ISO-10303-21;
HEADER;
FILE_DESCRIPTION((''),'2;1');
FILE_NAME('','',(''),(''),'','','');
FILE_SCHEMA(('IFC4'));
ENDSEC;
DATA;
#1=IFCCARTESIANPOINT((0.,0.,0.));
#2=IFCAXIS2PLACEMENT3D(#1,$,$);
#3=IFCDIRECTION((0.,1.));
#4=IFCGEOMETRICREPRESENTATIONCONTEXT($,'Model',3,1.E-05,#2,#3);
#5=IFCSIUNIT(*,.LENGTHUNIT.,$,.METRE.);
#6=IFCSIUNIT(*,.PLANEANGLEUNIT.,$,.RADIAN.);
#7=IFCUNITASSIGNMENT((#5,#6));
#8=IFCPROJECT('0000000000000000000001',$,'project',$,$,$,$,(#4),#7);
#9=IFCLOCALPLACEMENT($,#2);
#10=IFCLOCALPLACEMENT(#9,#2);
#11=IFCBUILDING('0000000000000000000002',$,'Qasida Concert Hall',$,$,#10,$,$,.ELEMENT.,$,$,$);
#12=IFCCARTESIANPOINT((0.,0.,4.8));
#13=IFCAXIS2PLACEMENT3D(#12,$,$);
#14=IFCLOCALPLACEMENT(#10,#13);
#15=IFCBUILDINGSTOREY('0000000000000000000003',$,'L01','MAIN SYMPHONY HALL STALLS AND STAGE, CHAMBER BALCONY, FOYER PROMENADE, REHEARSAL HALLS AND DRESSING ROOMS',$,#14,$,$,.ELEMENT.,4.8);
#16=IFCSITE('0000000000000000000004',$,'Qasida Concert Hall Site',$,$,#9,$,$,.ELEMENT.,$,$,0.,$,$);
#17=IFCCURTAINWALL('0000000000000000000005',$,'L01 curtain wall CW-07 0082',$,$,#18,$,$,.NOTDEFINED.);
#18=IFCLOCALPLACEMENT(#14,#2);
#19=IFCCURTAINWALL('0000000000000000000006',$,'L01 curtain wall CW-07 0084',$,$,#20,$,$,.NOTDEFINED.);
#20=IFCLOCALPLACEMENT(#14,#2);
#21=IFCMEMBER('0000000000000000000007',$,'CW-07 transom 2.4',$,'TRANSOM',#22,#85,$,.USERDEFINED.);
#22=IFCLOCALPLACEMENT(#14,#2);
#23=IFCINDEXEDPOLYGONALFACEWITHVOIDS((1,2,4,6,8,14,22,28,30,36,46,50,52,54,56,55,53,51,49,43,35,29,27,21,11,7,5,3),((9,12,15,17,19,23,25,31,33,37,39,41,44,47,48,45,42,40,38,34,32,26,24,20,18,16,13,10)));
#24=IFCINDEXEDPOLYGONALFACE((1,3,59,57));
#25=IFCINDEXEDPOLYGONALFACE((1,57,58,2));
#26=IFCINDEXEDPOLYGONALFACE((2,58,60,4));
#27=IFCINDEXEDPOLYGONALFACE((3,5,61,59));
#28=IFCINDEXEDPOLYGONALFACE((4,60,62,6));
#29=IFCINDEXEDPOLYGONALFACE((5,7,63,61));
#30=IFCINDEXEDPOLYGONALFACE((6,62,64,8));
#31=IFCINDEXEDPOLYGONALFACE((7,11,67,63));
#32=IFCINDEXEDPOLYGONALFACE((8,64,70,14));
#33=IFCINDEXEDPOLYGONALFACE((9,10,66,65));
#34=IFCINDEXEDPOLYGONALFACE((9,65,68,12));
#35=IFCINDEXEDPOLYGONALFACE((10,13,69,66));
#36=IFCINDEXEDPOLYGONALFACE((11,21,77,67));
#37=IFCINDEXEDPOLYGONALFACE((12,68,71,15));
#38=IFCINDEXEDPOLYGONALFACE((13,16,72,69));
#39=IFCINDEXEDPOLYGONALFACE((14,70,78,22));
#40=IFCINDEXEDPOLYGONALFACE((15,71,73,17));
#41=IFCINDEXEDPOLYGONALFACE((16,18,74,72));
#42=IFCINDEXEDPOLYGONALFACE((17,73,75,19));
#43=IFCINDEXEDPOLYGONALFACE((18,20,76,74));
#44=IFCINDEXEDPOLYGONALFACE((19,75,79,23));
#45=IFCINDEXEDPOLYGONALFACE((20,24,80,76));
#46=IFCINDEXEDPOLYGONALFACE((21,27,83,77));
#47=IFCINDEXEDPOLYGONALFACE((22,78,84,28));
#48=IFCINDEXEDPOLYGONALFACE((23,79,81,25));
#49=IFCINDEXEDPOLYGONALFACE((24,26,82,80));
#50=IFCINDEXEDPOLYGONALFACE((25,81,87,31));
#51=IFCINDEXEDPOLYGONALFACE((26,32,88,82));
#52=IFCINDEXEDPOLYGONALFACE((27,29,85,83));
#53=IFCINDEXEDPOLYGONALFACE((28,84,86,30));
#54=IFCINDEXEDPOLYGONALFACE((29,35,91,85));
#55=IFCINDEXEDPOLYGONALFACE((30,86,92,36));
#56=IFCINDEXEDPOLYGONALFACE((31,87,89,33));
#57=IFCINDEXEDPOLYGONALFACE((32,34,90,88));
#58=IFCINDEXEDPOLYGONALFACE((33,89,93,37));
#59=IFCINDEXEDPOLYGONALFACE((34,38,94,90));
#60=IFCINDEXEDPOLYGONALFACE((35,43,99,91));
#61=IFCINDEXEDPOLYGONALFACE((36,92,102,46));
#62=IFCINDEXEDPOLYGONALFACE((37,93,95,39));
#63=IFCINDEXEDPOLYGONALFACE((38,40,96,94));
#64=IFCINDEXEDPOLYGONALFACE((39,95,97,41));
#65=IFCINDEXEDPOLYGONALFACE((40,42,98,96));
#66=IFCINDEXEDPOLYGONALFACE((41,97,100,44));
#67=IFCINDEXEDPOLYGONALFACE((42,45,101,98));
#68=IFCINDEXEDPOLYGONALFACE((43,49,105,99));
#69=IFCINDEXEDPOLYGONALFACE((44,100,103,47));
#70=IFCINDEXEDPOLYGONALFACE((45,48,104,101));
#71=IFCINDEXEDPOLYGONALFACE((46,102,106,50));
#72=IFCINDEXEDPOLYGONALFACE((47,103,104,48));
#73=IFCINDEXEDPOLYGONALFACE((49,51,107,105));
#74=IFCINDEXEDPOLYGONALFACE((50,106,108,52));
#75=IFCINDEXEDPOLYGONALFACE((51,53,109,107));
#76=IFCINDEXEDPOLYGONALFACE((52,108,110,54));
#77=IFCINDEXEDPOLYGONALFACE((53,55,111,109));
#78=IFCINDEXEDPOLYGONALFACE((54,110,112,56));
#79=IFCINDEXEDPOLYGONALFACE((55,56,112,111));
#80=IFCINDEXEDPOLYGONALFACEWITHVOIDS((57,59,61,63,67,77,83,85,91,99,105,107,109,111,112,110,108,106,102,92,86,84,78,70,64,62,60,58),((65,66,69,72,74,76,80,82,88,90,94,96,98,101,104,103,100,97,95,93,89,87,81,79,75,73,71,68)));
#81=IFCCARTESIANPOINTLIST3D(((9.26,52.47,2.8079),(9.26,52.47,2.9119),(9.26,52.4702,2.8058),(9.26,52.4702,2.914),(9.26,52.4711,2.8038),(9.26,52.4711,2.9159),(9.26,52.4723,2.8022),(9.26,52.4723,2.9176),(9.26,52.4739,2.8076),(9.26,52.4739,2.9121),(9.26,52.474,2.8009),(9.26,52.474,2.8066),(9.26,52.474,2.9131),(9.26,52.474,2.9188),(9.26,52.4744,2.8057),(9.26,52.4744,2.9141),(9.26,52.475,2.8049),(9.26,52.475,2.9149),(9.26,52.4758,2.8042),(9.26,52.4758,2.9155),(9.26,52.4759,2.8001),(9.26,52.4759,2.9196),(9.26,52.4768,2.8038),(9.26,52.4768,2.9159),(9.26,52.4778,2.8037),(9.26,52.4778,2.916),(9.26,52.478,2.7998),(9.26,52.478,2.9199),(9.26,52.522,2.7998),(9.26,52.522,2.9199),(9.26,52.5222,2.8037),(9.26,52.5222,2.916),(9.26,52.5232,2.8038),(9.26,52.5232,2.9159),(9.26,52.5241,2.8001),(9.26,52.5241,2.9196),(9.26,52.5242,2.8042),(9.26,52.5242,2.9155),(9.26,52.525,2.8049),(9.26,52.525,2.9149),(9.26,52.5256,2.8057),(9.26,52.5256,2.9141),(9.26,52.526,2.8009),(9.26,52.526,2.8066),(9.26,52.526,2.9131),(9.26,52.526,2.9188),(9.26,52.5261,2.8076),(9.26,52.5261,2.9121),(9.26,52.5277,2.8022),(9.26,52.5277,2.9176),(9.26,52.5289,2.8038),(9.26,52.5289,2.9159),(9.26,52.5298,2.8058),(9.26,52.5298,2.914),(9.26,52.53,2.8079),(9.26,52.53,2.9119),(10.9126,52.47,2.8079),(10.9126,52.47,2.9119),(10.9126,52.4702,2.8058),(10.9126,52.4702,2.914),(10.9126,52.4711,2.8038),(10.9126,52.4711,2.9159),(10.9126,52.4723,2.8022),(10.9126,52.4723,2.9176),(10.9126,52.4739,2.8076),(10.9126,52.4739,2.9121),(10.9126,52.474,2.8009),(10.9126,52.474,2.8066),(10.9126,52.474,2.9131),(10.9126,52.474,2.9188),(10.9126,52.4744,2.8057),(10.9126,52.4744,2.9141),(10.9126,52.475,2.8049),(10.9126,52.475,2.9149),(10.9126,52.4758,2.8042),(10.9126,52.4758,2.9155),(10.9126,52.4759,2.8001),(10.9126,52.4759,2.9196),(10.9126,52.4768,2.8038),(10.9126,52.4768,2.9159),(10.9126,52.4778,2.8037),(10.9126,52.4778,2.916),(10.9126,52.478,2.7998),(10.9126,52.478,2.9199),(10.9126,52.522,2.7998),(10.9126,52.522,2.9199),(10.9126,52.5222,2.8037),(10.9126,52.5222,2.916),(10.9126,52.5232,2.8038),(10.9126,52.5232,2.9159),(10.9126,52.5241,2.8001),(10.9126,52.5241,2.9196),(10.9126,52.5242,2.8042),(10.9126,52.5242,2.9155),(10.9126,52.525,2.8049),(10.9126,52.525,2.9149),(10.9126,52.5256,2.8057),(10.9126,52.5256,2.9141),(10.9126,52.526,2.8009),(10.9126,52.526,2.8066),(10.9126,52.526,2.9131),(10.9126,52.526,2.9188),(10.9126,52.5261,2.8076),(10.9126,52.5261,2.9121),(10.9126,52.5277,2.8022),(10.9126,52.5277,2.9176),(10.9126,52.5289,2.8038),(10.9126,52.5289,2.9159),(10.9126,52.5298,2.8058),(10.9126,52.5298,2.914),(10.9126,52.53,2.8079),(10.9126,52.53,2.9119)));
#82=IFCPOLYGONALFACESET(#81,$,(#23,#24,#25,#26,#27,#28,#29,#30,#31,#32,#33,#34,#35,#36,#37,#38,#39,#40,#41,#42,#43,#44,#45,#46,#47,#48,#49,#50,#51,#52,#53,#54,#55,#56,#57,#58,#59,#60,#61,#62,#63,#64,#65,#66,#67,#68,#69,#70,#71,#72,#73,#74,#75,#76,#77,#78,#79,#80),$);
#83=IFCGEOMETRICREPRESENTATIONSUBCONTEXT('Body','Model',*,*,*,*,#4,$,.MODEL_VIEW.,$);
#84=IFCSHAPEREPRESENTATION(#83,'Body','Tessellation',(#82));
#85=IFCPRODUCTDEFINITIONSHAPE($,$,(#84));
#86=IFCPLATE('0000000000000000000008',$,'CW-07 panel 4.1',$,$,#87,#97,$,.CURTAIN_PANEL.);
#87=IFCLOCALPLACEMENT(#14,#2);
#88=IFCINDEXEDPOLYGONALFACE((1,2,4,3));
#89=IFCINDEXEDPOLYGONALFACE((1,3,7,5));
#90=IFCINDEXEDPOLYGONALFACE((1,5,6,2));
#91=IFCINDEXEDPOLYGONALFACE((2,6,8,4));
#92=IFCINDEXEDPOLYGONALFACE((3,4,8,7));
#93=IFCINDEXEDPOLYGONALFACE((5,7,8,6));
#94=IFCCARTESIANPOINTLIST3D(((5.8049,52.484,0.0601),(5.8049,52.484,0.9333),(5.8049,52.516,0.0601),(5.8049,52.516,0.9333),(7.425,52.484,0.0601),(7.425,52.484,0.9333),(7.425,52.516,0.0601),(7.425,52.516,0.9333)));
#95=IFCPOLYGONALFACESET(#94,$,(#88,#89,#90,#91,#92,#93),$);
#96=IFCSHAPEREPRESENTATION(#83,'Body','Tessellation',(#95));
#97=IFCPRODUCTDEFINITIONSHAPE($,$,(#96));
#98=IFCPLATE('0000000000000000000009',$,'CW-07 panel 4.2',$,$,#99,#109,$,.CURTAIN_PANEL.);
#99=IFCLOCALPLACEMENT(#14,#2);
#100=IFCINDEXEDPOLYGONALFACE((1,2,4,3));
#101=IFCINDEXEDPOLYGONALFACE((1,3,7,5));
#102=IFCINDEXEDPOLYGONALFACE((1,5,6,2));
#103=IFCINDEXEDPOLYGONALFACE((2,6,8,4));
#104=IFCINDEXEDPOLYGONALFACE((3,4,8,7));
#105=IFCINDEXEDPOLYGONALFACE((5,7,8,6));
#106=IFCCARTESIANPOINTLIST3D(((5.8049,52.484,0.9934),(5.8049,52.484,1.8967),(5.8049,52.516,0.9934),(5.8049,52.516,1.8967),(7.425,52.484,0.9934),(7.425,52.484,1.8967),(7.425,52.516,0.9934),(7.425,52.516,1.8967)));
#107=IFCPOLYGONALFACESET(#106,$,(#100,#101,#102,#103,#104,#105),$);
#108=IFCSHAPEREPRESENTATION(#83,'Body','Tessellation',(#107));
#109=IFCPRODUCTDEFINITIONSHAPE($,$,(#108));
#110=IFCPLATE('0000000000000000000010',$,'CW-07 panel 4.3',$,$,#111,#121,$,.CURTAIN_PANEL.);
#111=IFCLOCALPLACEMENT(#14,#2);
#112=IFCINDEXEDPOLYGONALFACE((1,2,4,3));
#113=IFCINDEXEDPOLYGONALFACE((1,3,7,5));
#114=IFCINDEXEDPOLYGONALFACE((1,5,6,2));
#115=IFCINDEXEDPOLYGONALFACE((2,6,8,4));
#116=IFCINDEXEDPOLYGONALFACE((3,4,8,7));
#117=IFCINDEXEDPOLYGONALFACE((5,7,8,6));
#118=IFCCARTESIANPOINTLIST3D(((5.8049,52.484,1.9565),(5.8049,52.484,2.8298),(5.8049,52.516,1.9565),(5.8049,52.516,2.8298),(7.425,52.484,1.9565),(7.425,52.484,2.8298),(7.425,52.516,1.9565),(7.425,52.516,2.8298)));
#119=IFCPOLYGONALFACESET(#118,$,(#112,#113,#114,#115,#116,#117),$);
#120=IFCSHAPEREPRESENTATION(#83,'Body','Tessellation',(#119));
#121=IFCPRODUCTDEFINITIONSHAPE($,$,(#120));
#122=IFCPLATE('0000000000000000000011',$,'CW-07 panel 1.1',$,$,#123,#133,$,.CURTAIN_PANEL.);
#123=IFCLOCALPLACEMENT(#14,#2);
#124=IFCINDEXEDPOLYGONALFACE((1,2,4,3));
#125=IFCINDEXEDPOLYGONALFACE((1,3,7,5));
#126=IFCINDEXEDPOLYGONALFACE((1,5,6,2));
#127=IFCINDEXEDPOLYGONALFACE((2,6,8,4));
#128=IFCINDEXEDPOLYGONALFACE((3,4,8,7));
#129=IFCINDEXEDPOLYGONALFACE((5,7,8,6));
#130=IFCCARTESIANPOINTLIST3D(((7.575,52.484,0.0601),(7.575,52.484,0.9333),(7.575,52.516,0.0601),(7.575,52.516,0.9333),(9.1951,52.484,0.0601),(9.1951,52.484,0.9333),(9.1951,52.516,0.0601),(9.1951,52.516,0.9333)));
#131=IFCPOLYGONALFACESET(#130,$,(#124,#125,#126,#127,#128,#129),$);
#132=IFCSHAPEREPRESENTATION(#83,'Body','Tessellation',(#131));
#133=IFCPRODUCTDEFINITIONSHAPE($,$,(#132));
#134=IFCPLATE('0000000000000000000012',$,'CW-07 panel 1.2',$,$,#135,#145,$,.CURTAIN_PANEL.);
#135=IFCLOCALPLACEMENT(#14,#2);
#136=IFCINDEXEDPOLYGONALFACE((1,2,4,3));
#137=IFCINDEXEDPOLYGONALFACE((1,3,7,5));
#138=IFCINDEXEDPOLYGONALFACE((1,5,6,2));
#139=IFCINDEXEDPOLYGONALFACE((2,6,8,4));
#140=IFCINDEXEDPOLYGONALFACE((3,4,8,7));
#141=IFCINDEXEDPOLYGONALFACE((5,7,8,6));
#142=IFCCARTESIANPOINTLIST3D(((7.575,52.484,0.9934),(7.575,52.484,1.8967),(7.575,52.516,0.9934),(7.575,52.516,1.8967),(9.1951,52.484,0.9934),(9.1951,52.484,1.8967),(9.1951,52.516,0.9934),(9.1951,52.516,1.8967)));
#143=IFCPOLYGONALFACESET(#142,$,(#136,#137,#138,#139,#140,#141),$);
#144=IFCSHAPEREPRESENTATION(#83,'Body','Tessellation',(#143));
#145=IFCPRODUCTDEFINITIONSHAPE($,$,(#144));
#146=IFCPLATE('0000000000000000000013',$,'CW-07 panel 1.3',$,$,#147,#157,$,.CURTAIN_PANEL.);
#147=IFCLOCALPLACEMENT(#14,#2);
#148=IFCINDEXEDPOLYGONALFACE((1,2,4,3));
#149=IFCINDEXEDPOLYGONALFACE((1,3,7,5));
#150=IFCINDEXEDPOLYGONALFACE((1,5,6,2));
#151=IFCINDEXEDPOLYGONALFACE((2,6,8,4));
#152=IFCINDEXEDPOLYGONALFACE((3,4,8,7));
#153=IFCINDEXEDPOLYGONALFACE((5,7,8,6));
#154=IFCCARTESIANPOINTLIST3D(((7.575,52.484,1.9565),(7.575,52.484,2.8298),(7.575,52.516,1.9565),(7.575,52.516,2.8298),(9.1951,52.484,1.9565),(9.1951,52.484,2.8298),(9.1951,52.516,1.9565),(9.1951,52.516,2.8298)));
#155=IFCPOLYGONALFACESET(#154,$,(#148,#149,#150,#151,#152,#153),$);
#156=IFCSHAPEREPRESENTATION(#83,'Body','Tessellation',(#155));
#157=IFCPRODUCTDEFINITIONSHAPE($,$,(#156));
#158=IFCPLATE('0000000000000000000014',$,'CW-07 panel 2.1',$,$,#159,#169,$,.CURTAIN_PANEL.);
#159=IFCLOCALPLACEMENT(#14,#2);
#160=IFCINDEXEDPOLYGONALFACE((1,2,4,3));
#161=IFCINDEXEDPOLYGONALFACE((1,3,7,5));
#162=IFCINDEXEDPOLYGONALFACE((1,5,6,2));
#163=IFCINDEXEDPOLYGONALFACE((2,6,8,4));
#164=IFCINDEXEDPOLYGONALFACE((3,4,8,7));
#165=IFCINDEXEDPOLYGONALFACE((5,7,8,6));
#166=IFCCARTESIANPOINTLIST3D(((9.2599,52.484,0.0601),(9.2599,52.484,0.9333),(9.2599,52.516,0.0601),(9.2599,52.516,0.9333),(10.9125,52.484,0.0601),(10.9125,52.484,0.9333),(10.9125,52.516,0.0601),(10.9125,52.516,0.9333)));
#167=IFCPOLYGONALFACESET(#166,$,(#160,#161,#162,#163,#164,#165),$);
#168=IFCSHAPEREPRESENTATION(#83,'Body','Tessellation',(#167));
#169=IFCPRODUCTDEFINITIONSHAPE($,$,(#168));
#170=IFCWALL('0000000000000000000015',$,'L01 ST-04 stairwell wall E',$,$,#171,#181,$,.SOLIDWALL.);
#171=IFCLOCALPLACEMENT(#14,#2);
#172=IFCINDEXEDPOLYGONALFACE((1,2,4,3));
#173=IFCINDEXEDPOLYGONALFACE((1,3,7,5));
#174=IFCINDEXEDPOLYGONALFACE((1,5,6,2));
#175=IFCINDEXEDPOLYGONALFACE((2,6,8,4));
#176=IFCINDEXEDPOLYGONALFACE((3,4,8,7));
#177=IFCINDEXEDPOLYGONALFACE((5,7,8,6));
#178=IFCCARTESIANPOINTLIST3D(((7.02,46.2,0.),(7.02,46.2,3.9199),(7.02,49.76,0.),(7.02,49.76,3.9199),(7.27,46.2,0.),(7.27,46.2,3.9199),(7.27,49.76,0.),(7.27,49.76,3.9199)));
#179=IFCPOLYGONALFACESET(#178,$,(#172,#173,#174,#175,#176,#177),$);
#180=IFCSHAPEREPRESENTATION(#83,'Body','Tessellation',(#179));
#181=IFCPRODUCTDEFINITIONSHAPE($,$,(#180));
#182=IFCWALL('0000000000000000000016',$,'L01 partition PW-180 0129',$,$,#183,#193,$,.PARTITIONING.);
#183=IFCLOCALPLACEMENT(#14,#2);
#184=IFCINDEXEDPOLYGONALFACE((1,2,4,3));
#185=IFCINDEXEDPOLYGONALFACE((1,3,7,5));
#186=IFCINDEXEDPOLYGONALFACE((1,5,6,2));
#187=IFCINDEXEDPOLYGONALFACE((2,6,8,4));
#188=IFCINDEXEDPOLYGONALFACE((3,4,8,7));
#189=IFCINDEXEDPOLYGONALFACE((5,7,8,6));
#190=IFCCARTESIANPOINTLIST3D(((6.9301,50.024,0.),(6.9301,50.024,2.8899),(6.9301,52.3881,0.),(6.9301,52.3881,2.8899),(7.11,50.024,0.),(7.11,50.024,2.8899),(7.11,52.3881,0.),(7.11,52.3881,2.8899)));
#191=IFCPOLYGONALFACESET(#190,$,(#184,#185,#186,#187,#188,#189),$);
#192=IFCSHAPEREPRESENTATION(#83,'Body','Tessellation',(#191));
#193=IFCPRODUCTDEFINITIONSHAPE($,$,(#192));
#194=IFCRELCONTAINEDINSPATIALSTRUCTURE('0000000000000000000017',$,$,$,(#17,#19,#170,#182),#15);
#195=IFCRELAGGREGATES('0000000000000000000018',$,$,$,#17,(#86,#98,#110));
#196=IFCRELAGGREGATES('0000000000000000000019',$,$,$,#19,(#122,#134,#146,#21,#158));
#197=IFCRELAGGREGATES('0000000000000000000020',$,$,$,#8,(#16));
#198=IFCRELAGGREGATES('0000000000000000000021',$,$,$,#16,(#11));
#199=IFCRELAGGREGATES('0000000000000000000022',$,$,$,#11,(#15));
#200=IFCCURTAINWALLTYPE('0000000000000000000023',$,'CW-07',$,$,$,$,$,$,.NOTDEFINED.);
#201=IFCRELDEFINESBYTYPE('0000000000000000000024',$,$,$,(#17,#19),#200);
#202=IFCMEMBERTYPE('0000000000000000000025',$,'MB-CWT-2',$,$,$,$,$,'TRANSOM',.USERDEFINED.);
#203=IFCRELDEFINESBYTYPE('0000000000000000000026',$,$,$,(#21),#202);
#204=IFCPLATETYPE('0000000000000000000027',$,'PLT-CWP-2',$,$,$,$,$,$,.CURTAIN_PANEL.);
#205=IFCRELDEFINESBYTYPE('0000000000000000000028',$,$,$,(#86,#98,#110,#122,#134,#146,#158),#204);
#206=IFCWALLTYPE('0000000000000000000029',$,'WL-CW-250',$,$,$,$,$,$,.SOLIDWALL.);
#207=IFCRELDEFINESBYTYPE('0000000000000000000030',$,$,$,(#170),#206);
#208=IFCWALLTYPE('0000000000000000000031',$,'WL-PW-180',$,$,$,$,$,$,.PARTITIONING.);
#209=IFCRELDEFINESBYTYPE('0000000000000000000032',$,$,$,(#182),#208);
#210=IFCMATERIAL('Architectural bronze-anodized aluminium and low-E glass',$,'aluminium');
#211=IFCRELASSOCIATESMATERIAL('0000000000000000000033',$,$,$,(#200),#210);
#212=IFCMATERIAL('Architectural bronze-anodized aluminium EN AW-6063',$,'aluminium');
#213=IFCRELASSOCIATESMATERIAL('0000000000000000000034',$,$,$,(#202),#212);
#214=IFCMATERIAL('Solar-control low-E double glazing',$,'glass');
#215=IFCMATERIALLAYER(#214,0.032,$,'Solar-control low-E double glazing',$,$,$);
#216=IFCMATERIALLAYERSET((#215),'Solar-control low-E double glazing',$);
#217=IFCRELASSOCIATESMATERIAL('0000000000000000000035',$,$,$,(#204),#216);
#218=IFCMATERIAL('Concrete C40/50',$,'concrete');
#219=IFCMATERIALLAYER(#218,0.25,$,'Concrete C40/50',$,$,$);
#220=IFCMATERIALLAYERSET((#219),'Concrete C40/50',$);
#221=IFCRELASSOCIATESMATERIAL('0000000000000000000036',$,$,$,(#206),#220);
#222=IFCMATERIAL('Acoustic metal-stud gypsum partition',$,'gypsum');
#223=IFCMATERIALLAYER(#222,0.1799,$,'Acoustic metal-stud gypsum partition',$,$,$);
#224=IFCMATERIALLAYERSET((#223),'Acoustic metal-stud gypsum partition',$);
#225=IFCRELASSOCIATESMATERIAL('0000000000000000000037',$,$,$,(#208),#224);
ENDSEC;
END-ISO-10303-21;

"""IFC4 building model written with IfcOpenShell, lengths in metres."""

from ifc_helpers import new_model, si_unit, direction, frame, frame_2d, origin, origin_2d, place, context, subcontext, project, spatial, rectangle, hollow_rectangle, extrude, material, layer, layer_set, material_profile, profile_set, type_object, element, aggregate, save


model = new_model("IFC4")

# Units and contexts
model_context = context("Model", 3, precision=1e-05, world=origin(), true_north=direction((0.0, 1.0)))
body_context = subcontext(model_context, "Body", "Model", "MODEL_VIEW")
ifc_project = project(units=[si_unit("LENGTHUNIT", "METRE"), si_unit("PLANEANGLEUNIT", "RADIAN")], contexts=[model_context])

# Site, building, storey
site_placement = place(None, origin())
site = spatial("IfcSite", under=ifc_project, at=site_placement, Name="Qasida Concert Hall Site", CompositionType="ELEMENT", RefElevation=0.0)
building_placement = place(site_placement, origin())
building = spatial("IfcBuilding", under=site, at=building_placement, Name="Qasida Concert Hall", CompositionType="ELEMENT")
storey_placement = place(building_placement, frame((0.0, 0.0, 4.8)))
storey = spatial("IfcBuildingStorey", under=building, at=storey_placement, Name="L01", Description="MAIN SYMPHONY HALL STALLS AND STAGE, CHAMBER BALCONY, FOYER PROMENADE, REHEARSAL HALLS AND DRESSING ROOMS", CompositionType="ELEMENT", Elevation=4.8)

# Shared definitions
ifc_material_1 = material(Name="Concrete C40/50", Category="concrete")

# Curtain wall
ifc_material_2 = material(Name="Architectural bronze-anodized aluminium and low-E glass", Category="aluminium")
curtain_wall_type = type_object("IfcCurtainWallType", Name="CW-07", PredefinedType="NOTDEFINED", material=ifc_material_2)
curtain_wall_1_placement = place(storey_placement, origin())
curtain_wall_1 = element("IfcCurtainWall", 1, at=curtain_wall_1_placement, inside=storey, type_object=curtain_wall_type, Name="L01 curtain wall CW-07 0082", PredefinedType="NOTDEFINED")
ifc_material_3 = material(Name="Architectural bronze-anodized aluminium EN AW-6063", Category="aluminium")

# Curtain wall
curtain_wall_2_placement = place(storey_placement, origin())
curtain_wall_2 = element("IfcCurtainWall", 2, at=curtain_wall_2_placement, inside=storey, type_object=curtain_wall_type, Name="L01 curtain wall CW-07 0084", PredefinedType="NOTDEFINED")

# Member
ifc_material_profile_1 = material_profile(ifc_material_3, hollow_rectangle(XDim=0.0601, YDim=0.1201, WallThickness=0.0039, InnerFilletRadius=0.0039, OuterFilletRadius=0.0081, at=origin_2d()), Name="CWT 120x60x4")
ifc_profile_set_1 = profile_set([ifc_material_profile_1], Name="Architectural bronze-anodized aluminium EN AW-6063")
member_type_1 = type_object("IfcMemberType", Name="MB-CWT-2", ElementType="TRANSOM", PredefinedType="USERDEFINED", material=ifc_profile_set_1)
member_1_placement = place(storey_placement, frame((9.26, 52.5, 2.8599), z_axis=(1.0, 0.0, 0.0), x_axis=(0.0, 1.0, 0.0)))
member_1 = element("IfcMember", 3, at=member_1_placement, type_object=member_type_1, Name="CW-07 transom 2.4", ObjectType="TRANSOM", PredefinedType="USERDEFINED", context=body_context, shape_type="SweptSolid", body=[
    extrude(hollow_rectangle(XDim=0.0601, YDim=0.1201, WallThickness=0.0039, InnerFilletRadius=0.0039, OuterFilletRadius=0.0081, at=origin_2d()), origin(), (0.0, 0.0, 1.0), 1.6526),
])

# Plates
ifc_material_4 = material(Name="Solar-control low-E double glazing", Category="glass")
ifc_layer_1 = layer(ifc_material_4, 0.032, Name="Solar-control low-E double glazing")
ifc_layer_set_1 = layer_set([ifc_layer_1], Name="Solar-control low-E double glazing")
plate_type = type_object("IfcPlateType", Name="PLT-CWP-2", PredefinedType="CURTAIN_PANEL", material=ifc_layer_set_1)
plate_1_placement = place(storey_placement, frame((6.615, 52.5, 0.0601), z_axis=(0.0, 0.0, 1.0), x_axis=(1.0, 0.0, 0.0)))
plate_1 = element("IfcPlate", 4, at=plate_1_placement, type_object=plate_type, Name="CW-07 panel 4.1", PredefinedType="CURTAIN_PANEL", context=body_context, shape_type="SweptSolid", body=[
    extrude(rectangle(XDim=1.6201, YDim=0.032, at=origin_2d()), origin(), (0.0, 0.0, 1.0), 0.8733),
])
plate_2_placement = place(storey_placement, frame((6.615, 52.5, 0.9934), z_axis=(0.0, 0.0, 1.0), x_axis=(1.0, 0.0, 0.0)))
plate_2 = element("IfcPlate", 5, at=plate_2_placement, type_object=plate_type, Name="CW-07 panel 4.2", PredefinedType="CURTAIN_PANEL", context=body_context, shape_type="SweptSolid", body=[
    extrude(rectangle(XDim=1.6201, YDim=0.032, at=origin_2d()), origin(), (0.0, 0.0, 1.0), 0.9033),
])
plate_3_placement = place(storey_placement, frame((6.615, 52.5, 1.9565), z_axis=(0.0, 0.0, 1.0), x_axis=(1.0, 0.0, 0.0)))
plate_3 = element("IfcPlate", 6, at=plate_3_placement, type_object=plate_type, Name="CW-07 panel 4.3", PredefinedType="CURTAIN_PANEL", context=body_context, shape_type="SweptSolid", body=[
    extrude(rectangle(XDim=1.6201, YDim=0.032, at=origin_2d()), origin(), (0.0, 0.0, 1.0), 0.8733),
])
aggregate(curtain_wall_1, [plate_1, plate_2, plate_3])
plate_4_placement = place(storey_placement, frame((8.385, 52.5, 0.0601), z_axis=(0.0, 0.0, 1.0), x_axis=(1.0, 0.0, 0.0)))
plate_4 = element("IfcPlate", 7, at=plate_4_placement, type_object=plate_type, Name="CW-07 panel 1.1", PredefinedType="CURTAIN_PANEL", context=body_context, shape_type="SweptSolid", body=[
    extrude(rectangle(XDim=1.6201, YDim=0.032, at=origin_2d()), origin(), (0.0, 0.0, 1.0), 0.8733),
])
plate_5_placement = place(storey_placement, frame((8.385, 52.5, 0.9934), z_axis=(0.0, 0.0, 1.0), x_axis=(1.0, 0.0, 0.0)))
plate_5 = element("IfcPlate", 8, at=plate_5_placement, type_object=plate_type, Name="CW-07 panel 1.2", PredefinedType="CURTAIN_PANEL", context=body_context, shape_type="SweptSolid", body=[
    extrude(rectangle(XDim=1.6201, YDim=0.032, at=origin_2d()), origin(), (0.0, 0.0, 1.0), 0.9033),
])
plate_6_placement = place(storey_placement, frame((8.385, 52.5, 1.9565), z_axis=(0.0, 0.0, 1.0), x_axis=(1.0, 0.0, 0.0)))
plate_6 = element("IfcPlate", 9, at=plate_6_placement, type_object=plate_type, Name="CW-07 panel 1.3", PredefinedType="CURTAIN_PANEL", context=body_context, shape_type="SweptSolid", body=[
    extrude(rectangle(XDim=1.6201, YDim=0.032, at=origin_2d()), origin(), (0.0, 0.0, 1.0), 0.8733),
])
plate_7_placement = place(storey_placement, frame((10.0862, 52.5, 0.0601), z_axis=(0.0, 0.0, 1.0), x_axis=(1.0, 0.0, 0.0)))
plate_7 = element("IfcPlate", 10, at=plate_7_placement, type_object=plate_type, Name="CW-07 panel 2.1", PredefinedType="CURTAIN_PANEL", context=body_context, shape_type="SweptSolid", body=[
    extrude(rectangle(XDim=1.6526, YDim=0.032, at=origin_2d()), origin(), (0.0, 0.0, 1.0), 0.8733),
])
aggregate(curtain_wall_2, [plate_4, plate_5, plate_6, member_1, plate_7])

# Walls
ifc_layer_2 = layer(ifc_material_1, 0.25, Name="Concrete C40/50")
ifc_layer_set_2 = layer_set([ifc_layer_2], Name="Concrete C40/50")
wall_type_1 = type_object("IfcWallType", Name="WL-CW-250", PredefinedType="SOLIDWALL", material=ifc_layer_set_2)
wall_1_placement = place(storey_placement, frame((7.145, 46.2, 0.0), z_axis=(0.0, 0.0, 1.0), x_axis=(0.0, 1.0, 0.0)))
element("IfcWall", 11, at=wall_1_placement, inside=storey, type_object=wall_type_1, Name="L01 ST-04 stairwell wall E", PredefinedType="SOLIDWALL", context=body_context, shape_type="SweptSolid", body=[
    extrude(rectangle(XDim=3.5601, YDim=0.25, at=frame_2d((1.78, 0.0))), origin(), (0.0, 0.0, 1.0), 3.9199),
])
ifc_material_5 = material(Name="Acoustic metal-stud gypsum partition", Category="gypsum")
ifc_layer_3 = layer(ifc_material_5, 0.1799, Name="Acoustic metal-stud gypsum partition")
ifc_layer_set_3 = layer_set([ifc_layer_3], Name="Acoustic metal-stud gypsum partition")
wall_type_2 = type_object("IfcWallType", Name="WL-PW-180", PredefinedType="PARTITIONING", material=ifc_layer_set_3)
wall_2_placement = place(storey_placement, frame((7.02, 50.0239, 0.0), z_axis=(0.0, 0.0, 1.0), x_axis=(0.0, 1.0, 0.0)))
element("IfcWall", 12, at=wall_2_placement, inside=storey, type_object=wall_type_2, Name="L01 partition PW-180 0129", PredefinedType="PARTITIONING", context=body_context, shape_type="SweptSolid", body=[
    extrude(rectangle(XDim=2.364, YDim=0.1799, at=frame_2d((1.1821, 0.0))), origin(), (0.0, 0.0, 1.0), 2.8899),
])

save(model, "model.ifc")
